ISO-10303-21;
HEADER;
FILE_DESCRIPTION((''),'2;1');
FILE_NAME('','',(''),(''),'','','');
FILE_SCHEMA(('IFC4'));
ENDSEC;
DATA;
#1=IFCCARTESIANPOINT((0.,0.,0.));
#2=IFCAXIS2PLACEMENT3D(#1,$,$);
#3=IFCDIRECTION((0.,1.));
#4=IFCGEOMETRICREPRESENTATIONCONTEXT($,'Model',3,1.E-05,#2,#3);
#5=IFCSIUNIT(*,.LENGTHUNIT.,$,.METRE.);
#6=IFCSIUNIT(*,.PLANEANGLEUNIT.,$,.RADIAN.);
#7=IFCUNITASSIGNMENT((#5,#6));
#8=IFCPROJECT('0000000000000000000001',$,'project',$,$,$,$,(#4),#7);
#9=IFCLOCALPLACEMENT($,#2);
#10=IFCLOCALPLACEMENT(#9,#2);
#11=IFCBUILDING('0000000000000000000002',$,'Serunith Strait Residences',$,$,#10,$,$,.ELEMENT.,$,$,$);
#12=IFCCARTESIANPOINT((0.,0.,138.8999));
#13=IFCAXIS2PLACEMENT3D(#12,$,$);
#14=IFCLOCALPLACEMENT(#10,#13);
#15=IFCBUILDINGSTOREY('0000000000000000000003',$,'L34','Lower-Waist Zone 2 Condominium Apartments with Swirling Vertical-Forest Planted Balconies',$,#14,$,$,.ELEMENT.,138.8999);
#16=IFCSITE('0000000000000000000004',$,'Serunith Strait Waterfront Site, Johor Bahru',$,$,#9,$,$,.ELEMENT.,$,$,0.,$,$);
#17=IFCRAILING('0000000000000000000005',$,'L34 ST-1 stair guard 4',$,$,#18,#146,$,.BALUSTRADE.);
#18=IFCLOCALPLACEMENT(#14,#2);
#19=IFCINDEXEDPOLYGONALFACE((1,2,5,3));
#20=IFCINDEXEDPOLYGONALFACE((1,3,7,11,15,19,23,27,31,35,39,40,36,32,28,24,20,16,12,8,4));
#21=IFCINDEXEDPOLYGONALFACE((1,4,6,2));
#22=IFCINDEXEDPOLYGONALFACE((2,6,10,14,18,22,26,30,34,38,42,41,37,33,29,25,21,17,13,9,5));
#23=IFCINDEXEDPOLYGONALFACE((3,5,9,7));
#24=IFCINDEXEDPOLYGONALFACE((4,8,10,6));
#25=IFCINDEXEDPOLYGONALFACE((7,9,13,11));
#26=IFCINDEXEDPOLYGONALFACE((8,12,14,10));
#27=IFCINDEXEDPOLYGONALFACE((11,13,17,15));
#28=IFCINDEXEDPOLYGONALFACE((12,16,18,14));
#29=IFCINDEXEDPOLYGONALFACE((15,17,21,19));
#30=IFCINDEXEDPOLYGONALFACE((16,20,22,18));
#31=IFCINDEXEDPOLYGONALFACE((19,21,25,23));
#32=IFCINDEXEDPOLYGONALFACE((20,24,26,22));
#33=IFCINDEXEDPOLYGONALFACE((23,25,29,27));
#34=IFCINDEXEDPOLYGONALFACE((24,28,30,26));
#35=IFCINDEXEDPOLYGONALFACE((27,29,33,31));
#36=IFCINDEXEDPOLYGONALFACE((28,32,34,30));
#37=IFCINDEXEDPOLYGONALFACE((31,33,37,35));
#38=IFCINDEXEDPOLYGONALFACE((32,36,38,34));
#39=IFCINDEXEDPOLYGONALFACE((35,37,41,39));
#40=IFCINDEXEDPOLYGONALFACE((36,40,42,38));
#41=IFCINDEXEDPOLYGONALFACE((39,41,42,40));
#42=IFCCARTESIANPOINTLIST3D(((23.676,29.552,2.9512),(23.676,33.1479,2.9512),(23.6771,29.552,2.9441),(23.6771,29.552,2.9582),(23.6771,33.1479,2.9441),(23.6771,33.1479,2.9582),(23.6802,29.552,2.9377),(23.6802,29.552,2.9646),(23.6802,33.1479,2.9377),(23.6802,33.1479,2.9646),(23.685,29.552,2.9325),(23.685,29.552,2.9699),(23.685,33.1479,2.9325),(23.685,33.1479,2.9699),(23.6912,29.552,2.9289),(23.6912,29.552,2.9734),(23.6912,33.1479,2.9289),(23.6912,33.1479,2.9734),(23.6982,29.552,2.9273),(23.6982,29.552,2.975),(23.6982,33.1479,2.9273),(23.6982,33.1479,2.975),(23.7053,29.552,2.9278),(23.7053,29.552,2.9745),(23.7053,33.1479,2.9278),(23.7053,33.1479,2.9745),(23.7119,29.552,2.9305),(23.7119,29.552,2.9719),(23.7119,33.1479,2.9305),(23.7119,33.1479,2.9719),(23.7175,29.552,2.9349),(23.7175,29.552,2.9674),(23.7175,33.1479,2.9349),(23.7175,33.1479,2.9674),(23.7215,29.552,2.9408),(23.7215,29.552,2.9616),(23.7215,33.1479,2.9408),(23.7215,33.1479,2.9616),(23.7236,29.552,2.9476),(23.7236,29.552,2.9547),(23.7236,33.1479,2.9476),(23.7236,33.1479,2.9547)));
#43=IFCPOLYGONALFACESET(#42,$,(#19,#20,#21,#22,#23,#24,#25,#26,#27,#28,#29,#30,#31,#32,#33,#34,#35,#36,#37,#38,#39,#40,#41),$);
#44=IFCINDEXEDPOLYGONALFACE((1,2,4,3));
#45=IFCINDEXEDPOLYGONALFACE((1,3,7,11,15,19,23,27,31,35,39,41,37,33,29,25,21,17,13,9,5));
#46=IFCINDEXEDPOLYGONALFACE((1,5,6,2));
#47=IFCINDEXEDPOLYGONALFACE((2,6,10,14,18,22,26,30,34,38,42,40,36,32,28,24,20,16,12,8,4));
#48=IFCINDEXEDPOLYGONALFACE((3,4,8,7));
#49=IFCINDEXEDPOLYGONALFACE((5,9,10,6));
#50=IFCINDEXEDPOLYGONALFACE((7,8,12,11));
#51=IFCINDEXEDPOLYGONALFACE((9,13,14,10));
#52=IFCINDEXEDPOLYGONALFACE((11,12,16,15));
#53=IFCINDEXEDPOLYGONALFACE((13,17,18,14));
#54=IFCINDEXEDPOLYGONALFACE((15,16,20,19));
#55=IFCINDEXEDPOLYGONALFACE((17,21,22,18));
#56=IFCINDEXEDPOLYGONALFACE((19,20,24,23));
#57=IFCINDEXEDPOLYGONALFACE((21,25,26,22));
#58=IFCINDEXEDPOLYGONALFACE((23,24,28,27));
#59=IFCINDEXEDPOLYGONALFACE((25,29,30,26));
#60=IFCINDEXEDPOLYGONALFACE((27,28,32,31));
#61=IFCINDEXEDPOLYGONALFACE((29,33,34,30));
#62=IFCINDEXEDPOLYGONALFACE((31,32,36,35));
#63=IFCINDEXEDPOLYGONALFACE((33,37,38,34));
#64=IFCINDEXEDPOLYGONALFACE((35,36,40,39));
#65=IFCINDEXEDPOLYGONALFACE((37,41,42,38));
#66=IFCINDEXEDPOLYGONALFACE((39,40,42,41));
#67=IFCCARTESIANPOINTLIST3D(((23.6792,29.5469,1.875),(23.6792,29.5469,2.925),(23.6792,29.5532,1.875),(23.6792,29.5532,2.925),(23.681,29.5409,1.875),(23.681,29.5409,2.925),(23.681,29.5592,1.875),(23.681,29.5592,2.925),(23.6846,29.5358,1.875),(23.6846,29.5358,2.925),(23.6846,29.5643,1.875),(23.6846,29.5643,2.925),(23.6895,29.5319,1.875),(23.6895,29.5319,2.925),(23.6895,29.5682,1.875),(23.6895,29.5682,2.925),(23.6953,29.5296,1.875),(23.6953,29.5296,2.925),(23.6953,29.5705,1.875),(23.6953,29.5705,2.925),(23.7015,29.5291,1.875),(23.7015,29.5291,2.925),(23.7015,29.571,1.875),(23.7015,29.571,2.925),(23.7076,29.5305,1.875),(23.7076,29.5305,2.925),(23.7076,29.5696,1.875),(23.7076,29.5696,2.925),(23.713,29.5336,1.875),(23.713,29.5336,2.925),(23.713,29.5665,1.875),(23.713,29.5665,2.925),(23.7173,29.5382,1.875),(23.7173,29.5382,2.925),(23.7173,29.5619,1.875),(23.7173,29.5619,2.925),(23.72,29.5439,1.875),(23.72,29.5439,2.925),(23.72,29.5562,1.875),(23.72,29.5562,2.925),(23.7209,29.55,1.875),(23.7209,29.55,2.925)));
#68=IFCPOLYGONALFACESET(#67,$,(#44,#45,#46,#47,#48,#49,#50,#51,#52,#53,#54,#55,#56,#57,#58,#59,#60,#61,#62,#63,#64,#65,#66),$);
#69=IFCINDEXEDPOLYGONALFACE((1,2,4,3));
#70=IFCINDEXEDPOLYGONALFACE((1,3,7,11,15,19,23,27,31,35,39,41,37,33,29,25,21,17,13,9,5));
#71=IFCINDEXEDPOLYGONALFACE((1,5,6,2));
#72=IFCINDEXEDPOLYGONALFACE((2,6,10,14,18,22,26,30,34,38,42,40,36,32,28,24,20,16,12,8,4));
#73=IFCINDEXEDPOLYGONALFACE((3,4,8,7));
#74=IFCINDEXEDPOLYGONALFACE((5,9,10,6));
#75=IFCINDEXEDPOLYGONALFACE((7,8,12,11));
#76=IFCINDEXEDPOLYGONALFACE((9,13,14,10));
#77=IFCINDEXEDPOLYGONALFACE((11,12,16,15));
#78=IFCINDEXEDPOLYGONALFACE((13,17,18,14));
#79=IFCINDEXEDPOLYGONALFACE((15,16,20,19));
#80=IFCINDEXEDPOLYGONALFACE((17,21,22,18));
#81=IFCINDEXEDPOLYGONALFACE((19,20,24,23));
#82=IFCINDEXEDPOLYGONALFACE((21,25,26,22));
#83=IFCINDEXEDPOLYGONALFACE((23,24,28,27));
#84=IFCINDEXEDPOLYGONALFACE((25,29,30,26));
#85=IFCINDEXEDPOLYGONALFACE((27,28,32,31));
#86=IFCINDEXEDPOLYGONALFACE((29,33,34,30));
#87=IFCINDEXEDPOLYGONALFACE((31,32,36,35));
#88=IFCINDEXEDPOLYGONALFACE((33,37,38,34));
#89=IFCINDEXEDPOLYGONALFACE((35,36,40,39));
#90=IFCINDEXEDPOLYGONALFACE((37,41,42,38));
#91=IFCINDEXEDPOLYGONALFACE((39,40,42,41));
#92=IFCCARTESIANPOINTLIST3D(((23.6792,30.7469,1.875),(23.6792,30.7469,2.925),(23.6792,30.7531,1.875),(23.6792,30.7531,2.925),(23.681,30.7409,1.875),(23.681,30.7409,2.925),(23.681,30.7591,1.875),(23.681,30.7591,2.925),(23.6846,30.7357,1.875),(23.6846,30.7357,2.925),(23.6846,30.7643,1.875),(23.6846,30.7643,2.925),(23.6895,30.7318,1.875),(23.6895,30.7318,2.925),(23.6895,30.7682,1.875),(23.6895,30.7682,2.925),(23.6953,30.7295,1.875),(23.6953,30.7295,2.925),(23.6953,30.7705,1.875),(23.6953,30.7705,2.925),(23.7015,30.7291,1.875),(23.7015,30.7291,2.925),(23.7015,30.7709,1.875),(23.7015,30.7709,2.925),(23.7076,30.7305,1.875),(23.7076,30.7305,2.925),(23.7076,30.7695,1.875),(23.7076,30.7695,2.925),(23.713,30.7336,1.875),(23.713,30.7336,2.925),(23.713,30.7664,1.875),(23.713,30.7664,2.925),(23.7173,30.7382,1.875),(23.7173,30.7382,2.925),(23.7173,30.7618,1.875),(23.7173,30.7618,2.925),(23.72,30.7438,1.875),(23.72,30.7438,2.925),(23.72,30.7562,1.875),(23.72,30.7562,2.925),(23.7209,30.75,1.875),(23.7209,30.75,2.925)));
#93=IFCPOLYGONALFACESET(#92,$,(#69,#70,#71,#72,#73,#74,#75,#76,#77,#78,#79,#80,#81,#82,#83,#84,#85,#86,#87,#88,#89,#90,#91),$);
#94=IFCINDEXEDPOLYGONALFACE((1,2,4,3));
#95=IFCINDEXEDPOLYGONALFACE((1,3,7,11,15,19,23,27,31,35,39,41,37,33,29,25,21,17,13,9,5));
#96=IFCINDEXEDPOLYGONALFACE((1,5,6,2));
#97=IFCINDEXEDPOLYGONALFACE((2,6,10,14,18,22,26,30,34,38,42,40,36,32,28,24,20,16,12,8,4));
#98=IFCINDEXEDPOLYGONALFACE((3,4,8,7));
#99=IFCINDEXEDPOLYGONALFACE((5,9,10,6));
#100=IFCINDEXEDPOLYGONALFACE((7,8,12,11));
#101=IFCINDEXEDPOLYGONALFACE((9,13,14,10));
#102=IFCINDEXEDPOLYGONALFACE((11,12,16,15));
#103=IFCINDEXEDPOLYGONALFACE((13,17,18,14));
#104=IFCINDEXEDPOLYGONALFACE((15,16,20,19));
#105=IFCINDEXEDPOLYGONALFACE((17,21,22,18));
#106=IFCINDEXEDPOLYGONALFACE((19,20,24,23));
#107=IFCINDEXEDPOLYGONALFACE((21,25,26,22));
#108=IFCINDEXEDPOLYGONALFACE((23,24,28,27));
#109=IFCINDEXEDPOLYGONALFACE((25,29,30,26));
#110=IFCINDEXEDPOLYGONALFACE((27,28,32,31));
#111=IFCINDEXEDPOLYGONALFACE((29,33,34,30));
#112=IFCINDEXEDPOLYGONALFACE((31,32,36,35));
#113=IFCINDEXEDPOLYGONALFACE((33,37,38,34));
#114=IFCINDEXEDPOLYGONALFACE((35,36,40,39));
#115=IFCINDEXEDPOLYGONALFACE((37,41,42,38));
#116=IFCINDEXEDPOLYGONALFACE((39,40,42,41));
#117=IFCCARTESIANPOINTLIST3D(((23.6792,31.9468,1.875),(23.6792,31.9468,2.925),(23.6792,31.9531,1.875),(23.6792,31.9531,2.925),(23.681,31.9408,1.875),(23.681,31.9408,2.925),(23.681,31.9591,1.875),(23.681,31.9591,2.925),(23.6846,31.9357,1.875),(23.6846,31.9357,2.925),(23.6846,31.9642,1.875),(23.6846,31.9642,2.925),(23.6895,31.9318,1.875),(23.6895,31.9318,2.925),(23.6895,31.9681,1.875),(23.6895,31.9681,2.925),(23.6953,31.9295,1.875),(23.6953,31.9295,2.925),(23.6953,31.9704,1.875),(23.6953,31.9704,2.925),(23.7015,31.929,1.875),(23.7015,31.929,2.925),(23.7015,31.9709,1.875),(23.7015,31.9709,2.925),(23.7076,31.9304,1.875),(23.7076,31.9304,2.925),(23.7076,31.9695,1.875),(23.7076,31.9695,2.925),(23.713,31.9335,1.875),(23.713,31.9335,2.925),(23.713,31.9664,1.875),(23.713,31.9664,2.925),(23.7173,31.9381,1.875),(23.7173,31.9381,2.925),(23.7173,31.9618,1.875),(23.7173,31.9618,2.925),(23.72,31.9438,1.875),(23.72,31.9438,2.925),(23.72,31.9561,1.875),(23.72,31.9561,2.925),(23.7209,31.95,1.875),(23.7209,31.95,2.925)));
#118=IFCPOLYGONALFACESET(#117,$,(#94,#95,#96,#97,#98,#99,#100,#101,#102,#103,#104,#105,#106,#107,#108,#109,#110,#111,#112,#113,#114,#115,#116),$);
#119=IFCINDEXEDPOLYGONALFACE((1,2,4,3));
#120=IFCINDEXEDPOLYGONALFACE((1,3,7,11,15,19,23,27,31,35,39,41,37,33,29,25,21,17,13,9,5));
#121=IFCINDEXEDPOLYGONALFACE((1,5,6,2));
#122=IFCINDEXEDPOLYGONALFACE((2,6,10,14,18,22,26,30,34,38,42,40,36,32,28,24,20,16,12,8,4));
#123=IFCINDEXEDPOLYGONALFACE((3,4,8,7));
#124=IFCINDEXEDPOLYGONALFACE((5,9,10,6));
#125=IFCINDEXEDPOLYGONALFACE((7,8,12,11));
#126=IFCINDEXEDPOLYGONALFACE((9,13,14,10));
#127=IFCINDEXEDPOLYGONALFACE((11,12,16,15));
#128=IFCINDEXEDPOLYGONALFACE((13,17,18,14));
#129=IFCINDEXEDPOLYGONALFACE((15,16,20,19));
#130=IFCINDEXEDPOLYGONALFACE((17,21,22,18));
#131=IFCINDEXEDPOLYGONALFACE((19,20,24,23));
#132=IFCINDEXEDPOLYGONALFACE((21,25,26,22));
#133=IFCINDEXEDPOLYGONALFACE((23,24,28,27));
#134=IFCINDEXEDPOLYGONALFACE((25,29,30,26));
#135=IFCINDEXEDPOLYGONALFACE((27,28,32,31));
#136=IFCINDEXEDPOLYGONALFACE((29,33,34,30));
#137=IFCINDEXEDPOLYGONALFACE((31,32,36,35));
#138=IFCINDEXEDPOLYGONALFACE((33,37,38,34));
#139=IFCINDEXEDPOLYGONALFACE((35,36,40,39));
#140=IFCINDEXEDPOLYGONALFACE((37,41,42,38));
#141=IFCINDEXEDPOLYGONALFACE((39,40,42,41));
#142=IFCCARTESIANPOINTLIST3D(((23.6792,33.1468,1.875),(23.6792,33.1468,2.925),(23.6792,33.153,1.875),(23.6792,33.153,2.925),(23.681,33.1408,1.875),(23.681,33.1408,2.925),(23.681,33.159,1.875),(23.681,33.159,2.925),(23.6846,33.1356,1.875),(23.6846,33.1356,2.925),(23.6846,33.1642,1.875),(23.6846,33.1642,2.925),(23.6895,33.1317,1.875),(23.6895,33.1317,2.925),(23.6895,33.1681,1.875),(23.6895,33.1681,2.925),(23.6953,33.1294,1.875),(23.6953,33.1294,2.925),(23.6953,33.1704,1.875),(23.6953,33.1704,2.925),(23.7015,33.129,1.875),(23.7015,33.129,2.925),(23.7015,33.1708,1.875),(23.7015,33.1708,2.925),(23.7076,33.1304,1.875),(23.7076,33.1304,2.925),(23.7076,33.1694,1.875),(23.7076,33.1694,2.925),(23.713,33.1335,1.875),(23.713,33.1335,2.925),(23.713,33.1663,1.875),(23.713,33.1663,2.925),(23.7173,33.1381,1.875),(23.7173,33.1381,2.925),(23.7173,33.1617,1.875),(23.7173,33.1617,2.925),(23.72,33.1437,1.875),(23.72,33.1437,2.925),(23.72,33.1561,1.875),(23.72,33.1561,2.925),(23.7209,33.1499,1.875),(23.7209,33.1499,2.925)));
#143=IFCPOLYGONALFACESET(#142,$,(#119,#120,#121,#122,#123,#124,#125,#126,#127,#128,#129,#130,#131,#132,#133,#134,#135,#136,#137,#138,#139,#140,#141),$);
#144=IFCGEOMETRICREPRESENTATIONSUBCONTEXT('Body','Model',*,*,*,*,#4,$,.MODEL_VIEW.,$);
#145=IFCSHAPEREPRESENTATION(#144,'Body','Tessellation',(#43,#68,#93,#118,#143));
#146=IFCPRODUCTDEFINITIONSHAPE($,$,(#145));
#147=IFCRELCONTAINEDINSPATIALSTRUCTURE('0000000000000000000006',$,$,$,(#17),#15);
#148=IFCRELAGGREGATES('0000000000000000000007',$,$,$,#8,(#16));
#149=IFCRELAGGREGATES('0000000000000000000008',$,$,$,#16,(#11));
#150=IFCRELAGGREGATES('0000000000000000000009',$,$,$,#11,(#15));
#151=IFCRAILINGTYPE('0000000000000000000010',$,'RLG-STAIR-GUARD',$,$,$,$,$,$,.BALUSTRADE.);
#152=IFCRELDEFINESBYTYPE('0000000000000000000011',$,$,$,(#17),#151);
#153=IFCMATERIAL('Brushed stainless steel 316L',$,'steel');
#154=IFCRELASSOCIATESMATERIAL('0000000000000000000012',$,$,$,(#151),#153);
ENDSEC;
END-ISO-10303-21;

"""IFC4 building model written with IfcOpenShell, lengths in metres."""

from ifc_helpers import new_model, si_unit, direction, frame, origin, origin_2d, place, context, subcontext, project, spatial, circle, extrude, material, type_object, element, save


model = new_model("IFC4")

# Units and contexts
model_context = context("Model", 3, precision=1e-05, world=origin(), true_north=direction((0.0, 1.0)))
body_context = subcontext(model_context, "Body", "Model", "MODEL_VIEW")
ifc_project = project(units=[si_unit("LENGTHUNIT", "METRE"), si_unit("PLANEANGLEUNIT", "RADIAN")], contexts=[model_context])

# Site, building, storey
site_placement = place(None, origin())
site = spatial("IfcSite", under=ifc_project, at=site_placement, Name="Serunith Strait Waterfront Site, Johor Bahru", CompositionType="ELEMENT", RefElevation=0.0)
building_placement = place(site_placement, origin())
building = spatial("IfcBuilding", under=site, at=building_placement, Name="Serunith Strait Residences", CompositionType="ELEMENT")
storey_placement = place(building_placement, frame((0.0, 0.0, 138.8999)))
storey = spatial("IfcBuildingStorey", under=building, at=storey_placement, Name="L34", Description="Lower-Waist Zone 2 Condominium Apartments with Swirling Vertical-Forest Planted Balconies", CompositionType="ELEMENT", Elevation=138.8999)

# Railing
ifc_material_1 = material(Name="Brushed stainless steel 316L", Category="steel")
railing_type_1 = type_object("IfcRailingType", Name="RLG-STAIR-GUARD", PredefinedType="BALUSTRADE", material=ifc_material_1)
for number, where, name in (
    (1, (23.7, 29.55, 1.875), "L34 ST-1 stair guard 4"),
):
    element("IfcRailing", number, at=place(storey_placement, frame(where)), inside=storey, type_object=railing_type_1, Name=name, PredefinedType="BALUSTRADE", context=body_context, shape_type="SweptSolid", body=[
        extrude(circle(Radius=0.0239, at=origin_2d()), frame((0.0, 0.002, 1.0762), z_axis=(0.0, 1.0, 0.0), x_axis=(-1.0, 0.0, 0.0)), (0.0, 0.0, 1.0), 3.5959),
        extrude(circle(Radius=0.021, at=origin_2d()), origin(), (0.0, 0.0, 1.0), 1.05),
        extrude(circle(Radius=0.021, at=origin_2d()), frame((0.0, 1.2, 0.0)), (0.0, 0.0, 1.0), 1.05),
        extrude(circle(Radius=0.021, at=origin_2d()), frame((0.0, 2.3999, 0.0)), (0.0, 0.0, 1.0), 1.05),
        extrude(circle(Radius=0.021, at=origin_2d()), frame((0.0, 3.5999, 0.0)), (0.0, 0.0, 1.0), 1.05),
    ])

save(model, "model.ifc")
